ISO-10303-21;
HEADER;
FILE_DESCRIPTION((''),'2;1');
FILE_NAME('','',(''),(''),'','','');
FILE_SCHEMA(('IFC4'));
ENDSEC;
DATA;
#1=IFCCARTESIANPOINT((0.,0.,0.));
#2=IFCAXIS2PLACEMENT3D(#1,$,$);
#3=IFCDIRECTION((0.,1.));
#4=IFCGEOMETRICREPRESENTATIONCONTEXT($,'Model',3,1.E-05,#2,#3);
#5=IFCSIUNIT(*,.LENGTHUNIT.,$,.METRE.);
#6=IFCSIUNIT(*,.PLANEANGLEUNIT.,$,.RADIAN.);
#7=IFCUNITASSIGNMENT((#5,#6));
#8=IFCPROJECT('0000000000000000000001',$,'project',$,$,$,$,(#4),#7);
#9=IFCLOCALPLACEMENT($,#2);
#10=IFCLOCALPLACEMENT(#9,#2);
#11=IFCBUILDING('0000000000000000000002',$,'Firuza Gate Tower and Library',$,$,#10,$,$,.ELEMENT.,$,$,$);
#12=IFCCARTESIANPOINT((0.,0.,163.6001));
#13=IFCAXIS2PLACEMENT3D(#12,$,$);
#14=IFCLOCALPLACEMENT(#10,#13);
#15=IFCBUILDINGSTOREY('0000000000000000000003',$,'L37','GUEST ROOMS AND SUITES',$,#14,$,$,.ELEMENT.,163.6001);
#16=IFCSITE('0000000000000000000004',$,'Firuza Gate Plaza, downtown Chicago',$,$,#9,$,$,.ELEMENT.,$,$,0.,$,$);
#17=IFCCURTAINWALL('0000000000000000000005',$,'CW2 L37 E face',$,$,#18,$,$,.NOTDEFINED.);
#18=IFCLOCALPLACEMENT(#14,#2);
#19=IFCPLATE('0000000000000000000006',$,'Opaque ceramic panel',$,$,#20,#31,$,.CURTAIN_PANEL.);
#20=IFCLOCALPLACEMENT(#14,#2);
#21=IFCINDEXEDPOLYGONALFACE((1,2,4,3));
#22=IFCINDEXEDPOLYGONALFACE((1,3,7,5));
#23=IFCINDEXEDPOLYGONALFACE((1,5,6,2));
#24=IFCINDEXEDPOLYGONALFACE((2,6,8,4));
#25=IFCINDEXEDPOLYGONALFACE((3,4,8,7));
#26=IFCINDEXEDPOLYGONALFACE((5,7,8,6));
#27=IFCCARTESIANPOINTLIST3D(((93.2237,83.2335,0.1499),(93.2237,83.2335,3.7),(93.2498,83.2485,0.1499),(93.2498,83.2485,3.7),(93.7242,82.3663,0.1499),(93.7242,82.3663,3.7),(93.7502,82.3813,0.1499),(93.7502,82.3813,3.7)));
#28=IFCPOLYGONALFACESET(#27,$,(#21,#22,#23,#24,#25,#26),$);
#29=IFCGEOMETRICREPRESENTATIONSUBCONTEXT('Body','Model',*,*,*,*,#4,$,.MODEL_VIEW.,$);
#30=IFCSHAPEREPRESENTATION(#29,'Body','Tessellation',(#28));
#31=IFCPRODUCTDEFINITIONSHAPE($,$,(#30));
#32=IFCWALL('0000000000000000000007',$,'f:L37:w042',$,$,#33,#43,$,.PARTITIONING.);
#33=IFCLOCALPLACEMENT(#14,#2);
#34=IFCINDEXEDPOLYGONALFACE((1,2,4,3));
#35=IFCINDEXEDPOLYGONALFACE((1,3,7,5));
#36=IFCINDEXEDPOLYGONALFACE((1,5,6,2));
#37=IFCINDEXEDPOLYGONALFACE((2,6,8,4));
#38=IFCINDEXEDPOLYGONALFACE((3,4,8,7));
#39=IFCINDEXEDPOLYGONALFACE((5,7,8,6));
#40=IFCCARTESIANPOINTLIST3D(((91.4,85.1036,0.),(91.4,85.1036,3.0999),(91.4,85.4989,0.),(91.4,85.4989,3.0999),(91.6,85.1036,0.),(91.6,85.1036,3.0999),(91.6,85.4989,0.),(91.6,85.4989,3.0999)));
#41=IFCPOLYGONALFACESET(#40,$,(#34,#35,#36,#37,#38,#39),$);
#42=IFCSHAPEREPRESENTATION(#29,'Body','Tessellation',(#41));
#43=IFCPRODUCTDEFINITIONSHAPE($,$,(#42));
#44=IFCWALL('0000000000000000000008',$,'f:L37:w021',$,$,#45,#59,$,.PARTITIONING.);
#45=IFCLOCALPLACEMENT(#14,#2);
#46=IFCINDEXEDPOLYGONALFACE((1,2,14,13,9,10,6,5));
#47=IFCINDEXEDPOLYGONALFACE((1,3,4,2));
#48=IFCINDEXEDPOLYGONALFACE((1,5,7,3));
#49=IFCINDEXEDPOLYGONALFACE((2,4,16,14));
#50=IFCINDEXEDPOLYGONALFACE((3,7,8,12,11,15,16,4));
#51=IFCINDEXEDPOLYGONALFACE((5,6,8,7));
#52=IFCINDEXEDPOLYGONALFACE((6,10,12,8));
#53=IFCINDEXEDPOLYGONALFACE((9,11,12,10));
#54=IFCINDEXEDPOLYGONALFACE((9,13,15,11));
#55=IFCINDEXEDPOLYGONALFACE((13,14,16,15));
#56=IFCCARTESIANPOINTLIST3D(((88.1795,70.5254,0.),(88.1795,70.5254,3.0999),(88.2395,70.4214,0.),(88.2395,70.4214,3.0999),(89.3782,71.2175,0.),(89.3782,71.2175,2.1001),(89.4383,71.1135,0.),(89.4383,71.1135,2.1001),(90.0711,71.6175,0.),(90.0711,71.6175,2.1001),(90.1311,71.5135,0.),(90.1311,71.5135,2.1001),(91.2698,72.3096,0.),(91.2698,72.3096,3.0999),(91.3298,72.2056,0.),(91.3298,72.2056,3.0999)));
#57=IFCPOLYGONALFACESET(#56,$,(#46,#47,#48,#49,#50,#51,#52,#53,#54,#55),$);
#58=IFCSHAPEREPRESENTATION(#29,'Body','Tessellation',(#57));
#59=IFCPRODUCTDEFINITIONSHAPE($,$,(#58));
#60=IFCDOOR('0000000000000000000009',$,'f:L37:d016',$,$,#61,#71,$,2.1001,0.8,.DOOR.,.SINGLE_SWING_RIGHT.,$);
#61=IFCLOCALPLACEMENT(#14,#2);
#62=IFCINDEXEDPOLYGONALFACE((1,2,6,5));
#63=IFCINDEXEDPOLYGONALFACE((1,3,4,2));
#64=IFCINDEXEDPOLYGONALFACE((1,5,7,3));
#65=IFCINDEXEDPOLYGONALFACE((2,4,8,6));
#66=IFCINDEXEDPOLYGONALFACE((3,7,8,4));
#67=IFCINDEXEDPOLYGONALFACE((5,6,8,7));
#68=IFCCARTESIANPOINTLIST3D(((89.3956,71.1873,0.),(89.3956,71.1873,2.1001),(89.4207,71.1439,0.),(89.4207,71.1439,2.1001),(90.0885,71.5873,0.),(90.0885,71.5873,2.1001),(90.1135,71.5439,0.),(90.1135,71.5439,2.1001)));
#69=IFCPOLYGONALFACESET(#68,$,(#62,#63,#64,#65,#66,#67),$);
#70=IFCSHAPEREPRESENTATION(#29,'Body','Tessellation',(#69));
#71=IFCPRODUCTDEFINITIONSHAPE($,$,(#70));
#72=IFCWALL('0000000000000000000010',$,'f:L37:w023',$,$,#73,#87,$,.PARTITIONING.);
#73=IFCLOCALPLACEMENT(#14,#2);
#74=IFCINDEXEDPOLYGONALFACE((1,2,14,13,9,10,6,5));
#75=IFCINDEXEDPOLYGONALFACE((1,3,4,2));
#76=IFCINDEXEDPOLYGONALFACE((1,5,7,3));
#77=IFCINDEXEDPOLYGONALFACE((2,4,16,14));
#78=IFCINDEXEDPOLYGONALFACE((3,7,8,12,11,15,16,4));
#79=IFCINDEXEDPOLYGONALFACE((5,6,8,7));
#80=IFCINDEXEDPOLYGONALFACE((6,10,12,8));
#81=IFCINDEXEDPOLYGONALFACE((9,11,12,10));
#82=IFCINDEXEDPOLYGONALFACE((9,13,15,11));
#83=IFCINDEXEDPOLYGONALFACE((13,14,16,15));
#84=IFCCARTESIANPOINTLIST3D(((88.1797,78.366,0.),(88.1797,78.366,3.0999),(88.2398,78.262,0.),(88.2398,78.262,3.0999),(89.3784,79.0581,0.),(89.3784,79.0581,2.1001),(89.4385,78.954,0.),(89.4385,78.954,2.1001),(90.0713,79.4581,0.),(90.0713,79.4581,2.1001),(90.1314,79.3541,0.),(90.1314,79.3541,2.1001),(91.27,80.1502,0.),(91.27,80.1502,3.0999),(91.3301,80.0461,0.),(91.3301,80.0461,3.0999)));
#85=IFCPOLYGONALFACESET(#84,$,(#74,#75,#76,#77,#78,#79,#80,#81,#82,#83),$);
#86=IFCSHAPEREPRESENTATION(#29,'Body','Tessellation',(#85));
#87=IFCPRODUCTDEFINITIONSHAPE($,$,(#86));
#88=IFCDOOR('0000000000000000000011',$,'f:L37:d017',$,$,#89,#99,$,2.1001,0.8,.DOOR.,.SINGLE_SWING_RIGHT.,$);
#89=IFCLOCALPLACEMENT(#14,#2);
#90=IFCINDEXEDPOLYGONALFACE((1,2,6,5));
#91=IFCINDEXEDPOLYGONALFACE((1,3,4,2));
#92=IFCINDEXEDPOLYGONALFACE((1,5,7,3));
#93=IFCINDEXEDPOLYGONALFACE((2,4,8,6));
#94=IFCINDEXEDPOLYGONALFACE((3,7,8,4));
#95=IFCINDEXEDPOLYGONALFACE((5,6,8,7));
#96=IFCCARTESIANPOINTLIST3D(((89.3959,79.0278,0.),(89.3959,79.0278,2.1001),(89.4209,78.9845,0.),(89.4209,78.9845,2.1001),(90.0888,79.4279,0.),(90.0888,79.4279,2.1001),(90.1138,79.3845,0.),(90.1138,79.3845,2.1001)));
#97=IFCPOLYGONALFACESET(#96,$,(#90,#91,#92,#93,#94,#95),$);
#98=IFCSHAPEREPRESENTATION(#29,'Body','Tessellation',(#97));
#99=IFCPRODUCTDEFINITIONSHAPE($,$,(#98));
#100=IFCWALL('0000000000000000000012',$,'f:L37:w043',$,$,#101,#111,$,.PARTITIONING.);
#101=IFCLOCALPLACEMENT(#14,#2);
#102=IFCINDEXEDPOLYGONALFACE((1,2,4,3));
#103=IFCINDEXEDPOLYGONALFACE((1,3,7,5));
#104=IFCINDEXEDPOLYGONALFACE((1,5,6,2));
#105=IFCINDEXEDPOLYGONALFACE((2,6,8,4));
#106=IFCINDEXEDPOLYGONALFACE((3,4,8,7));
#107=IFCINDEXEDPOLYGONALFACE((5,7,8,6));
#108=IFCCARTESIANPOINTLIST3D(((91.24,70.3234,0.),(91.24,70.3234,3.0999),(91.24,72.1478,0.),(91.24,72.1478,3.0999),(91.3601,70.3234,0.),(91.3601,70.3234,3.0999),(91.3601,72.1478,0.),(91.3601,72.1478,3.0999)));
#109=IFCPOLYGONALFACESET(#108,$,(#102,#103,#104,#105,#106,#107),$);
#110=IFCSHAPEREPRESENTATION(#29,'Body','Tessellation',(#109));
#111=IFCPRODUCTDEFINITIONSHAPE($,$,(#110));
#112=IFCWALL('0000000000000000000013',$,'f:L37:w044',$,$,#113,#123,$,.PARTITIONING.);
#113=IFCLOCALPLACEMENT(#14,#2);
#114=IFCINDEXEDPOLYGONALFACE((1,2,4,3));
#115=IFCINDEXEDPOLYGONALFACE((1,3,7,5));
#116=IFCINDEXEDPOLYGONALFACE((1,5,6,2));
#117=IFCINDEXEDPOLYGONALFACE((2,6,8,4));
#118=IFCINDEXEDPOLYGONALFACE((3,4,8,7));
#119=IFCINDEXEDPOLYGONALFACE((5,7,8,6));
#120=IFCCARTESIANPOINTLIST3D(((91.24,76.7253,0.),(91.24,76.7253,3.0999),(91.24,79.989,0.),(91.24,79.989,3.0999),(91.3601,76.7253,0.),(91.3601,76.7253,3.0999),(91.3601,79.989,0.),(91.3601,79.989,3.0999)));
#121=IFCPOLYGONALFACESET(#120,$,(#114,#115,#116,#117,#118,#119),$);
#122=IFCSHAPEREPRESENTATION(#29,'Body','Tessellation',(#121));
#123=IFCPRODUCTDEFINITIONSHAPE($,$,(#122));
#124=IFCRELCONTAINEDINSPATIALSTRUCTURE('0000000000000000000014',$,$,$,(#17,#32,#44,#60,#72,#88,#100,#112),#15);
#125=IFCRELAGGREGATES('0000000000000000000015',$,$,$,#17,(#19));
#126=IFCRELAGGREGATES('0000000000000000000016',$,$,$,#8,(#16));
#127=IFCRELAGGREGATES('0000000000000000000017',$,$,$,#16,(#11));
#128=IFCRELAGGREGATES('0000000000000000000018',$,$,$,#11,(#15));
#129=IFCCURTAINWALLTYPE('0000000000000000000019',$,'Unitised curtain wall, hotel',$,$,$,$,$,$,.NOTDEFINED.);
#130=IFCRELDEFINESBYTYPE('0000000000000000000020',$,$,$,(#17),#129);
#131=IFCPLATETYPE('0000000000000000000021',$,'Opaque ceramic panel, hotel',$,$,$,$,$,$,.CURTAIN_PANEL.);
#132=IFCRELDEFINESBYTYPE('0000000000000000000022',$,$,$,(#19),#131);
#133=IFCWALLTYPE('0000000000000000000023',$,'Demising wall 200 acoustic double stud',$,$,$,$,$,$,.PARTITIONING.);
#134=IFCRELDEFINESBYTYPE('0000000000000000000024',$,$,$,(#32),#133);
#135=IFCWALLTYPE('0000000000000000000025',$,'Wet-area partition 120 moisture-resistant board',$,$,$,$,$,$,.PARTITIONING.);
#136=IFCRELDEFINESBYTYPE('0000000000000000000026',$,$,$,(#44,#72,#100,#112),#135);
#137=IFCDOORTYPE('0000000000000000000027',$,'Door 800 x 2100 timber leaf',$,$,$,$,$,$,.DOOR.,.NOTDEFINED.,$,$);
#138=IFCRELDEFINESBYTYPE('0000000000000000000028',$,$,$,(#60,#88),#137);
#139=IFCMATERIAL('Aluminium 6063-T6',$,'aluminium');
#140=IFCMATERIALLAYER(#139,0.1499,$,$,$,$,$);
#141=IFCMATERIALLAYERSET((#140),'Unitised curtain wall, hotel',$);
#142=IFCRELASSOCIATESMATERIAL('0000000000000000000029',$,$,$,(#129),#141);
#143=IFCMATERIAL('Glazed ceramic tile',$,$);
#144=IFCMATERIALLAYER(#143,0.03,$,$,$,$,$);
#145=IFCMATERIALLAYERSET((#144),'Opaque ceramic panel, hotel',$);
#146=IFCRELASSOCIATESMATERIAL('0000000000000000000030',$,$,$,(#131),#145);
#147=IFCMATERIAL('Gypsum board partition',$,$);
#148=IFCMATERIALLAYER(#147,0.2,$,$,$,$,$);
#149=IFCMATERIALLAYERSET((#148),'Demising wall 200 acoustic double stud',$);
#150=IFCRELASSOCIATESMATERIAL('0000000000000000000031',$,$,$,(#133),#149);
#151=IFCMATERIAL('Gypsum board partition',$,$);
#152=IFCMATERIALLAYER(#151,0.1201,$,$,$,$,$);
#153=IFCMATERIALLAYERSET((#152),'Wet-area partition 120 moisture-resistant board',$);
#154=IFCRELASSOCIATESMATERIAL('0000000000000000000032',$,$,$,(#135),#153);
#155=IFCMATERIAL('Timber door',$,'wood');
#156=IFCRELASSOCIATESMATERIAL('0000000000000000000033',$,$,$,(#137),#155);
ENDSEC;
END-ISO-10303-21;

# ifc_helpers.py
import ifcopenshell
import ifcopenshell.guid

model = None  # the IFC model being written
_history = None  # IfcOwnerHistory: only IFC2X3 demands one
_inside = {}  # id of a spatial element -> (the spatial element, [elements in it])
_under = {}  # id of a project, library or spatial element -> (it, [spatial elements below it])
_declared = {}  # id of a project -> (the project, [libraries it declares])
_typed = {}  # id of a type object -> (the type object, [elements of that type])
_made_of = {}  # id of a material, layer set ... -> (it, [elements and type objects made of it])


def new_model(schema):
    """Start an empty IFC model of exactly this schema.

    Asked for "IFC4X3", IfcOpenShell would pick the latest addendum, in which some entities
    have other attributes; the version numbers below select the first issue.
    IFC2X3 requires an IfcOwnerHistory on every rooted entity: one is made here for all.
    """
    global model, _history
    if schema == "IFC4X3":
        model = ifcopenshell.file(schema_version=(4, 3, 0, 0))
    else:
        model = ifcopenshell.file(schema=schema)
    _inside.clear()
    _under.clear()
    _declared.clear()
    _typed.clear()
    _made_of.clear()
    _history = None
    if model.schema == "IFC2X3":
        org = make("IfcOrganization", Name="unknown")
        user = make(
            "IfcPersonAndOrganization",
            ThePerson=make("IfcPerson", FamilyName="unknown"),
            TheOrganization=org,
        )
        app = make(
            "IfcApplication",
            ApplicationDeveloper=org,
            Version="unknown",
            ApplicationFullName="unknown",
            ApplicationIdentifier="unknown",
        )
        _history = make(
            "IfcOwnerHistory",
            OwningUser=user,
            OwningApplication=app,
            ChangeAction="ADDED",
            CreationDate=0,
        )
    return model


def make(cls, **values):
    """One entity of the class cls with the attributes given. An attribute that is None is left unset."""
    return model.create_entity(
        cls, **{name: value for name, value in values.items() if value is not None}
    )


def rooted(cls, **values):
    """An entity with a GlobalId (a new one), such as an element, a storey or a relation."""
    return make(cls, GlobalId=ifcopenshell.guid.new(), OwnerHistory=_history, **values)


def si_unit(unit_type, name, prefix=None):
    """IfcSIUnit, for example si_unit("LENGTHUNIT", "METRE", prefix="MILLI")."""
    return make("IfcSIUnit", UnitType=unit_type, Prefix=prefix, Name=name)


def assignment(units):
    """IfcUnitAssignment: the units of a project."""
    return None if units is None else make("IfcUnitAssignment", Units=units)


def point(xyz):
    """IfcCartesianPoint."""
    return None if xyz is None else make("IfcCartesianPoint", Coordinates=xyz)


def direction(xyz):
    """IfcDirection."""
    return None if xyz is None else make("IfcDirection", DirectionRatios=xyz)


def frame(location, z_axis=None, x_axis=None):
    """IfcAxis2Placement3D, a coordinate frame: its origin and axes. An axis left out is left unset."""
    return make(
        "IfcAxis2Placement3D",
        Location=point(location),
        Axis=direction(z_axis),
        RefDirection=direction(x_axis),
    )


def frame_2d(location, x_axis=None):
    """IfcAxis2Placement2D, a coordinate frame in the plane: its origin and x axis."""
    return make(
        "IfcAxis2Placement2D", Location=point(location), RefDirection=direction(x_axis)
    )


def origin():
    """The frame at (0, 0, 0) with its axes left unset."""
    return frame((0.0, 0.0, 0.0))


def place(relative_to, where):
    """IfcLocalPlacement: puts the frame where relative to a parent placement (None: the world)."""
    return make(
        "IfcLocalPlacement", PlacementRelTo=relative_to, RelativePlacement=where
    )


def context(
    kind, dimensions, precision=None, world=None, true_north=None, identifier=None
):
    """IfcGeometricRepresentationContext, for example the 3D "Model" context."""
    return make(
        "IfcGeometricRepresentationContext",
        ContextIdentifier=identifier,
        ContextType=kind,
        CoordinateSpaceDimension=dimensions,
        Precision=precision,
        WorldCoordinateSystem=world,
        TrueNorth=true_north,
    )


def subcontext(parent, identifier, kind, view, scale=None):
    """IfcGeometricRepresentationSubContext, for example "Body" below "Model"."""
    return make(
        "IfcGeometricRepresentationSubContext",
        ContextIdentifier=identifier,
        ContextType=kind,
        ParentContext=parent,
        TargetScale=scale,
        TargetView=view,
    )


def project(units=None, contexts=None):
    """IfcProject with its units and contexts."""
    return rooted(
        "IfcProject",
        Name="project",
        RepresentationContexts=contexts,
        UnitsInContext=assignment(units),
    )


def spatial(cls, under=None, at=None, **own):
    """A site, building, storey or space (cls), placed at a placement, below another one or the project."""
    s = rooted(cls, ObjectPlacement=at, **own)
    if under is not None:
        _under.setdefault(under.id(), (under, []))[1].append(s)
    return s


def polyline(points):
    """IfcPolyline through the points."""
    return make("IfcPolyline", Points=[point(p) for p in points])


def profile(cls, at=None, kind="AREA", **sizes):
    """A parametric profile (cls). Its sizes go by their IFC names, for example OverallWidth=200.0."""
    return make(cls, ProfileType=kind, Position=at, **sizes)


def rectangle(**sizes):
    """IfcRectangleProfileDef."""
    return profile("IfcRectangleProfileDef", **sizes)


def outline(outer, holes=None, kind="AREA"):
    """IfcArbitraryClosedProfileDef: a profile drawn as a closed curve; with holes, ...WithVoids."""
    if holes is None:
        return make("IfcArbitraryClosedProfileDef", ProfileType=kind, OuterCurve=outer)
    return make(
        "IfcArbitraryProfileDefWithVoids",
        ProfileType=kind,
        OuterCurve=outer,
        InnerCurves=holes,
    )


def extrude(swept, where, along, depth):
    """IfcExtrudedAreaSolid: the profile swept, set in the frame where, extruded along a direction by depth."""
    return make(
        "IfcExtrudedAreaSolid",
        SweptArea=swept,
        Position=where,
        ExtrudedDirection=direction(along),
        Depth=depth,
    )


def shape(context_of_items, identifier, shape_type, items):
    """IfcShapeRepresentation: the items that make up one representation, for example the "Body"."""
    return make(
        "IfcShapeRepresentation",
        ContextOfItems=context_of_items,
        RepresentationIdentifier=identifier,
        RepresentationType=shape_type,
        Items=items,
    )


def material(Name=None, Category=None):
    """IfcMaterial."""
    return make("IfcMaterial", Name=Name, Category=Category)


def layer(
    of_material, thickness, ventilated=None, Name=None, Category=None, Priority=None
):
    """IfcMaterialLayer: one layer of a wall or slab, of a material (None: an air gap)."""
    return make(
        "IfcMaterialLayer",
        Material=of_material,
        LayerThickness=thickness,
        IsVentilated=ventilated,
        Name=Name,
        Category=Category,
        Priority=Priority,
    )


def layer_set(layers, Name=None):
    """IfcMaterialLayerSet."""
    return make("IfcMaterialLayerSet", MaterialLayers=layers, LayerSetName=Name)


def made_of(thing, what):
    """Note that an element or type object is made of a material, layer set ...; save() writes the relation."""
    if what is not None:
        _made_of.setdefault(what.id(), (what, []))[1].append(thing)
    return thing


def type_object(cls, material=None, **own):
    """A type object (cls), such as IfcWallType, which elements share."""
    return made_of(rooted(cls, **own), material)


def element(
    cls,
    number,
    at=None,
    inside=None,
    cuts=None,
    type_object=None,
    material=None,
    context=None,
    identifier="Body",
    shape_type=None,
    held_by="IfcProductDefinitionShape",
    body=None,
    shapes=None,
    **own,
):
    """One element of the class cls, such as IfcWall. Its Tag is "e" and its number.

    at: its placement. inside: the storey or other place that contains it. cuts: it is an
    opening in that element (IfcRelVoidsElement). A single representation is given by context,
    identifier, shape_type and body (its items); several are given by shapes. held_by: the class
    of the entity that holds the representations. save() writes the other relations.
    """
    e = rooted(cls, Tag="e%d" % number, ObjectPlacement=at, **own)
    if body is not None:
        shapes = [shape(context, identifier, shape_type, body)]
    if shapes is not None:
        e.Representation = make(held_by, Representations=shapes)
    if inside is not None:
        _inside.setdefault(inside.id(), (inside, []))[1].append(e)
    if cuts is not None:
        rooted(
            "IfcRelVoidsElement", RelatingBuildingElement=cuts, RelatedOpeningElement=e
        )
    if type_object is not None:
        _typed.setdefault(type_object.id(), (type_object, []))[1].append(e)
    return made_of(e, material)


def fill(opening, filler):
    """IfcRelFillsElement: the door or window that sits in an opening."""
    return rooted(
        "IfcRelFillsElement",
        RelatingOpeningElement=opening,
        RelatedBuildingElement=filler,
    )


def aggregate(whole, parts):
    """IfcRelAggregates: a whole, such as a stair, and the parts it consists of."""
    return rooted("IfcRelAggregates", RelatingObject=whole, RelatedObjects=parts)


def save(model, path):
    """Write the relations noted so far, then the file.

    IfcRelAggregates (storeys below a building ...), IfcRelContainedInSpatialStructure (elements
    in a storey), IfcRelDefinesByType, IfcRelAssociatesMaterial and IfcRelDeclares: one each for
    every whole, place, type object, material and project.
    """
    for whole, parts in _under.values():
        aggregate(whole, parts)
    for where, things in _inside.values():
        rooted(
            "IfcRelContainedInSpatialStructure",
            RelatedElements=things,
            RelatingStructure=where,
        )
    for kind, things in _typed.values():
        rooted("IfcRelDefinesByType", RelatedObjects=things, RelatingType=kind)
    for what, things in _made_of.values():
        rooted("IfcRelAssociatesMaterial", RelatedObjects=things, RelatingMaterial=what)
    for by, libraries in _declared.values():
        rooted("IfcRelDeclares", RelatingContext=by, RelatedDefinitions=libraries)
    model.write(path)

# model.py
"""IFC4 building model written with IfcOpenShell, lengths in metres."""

from ifc_helpers import new_model, si_unit, direction, frame, frame_2d, origin, place, context, subcontext, project, spatial, polyline, rectangle, outline, extrude, material, layer, layer_set, type_object, element, fill, aggregate, save


model = new_model("IFC4")

# Units and contexts
model_context = context("Model", 3, precision=1e-05, world=origin(), true_north=direction((0.0, 1.0)))
body_context = subcontext(model_context, "Body", "Model", "MODEL_VIEW")
ifc_project = project(units=[si_unit("LENGTHUNIT", "METRE"), si_unit("PLANEANGLEUNIT", "RADIAN")], contexts=[model_context])

# Site, building, storey
site_placement = place(None, origin())
site = spatial("IfcSite", under=ifc_project, at=site_placement, Name="Firuza Gate Plaza, downtown Chicago", CompositionType="ELEMENT", RefElevation=0.0)
building_placement = place(site_placement, origin())
building = spatial("IfcBuilding", under=site, at=building_placement, Name="Firuza Gate Tower and Library", CompositionType="ELEMENT")
storey_placement = place(building_placement, frame((0.0, 0.0, 163.6001)))
storey = spatial("IfcBuildingStorey", under=building, at=storey_placement, Name="L37", Description="GUEST ROOMS AND SUITES", CompositionType="ELEMENT", Elevation=163.6001)

# Curtain wall
ifc_material_1 = material(Name="Aluminium 6063-T6", Category="aluminium")
ifc_layer_1 = layer(ifc_material_1, 0.1499)
ifc_layer_set_1 = layer_set([ifc_layer_1], Name="Unitised curtain wall, hotel")
curtain_wall_type = type_object("IfcCurtainWallType", Name="Unitised curtain wall, hotel", PredefinedType="NOTDEFINED", material=ifc_layer_set_1)
curtain_wall_placement = place(storey_placement, origin())
curtain_wall = element("IfcCurtainWall", 1, at=curtain_wall_placement, inside=storey, type_object=curtain_wall_type, Name="CW2 L37 E face", PredefinedType="NOTDEFINED")

# Plate
ifc_material_2 = material(Name="Glazed ceramic tile")
ifc_layer_2 = layer(ifc_material_2, 0.03)
ifc_layer_set_2 = layer_set([ifc_layer_2], Name="Opaque ceramic panel, hotel")
plate_type_1 = type_object("IfcPlateType", Name="Opaque ceramic panel, hotel", PredefinedType="CURTAIN_PANEL", material=ifc_layer_set_2)
plate_1_placement = place(storey_placement, frame((93.7502, 82.3813, 0.1499), z_axis=(0.866104, 0.499863, 0.0), x_axis=(-0.499863, 0.866104, 0.0)))
plate_1 = element("IfcPlate", 2, at=plate_1_placement, type_object=plate_type_1, Name="Opaque ceramic panel", PredefinedType="CURTAIN_PANEL", context=body_context, shape_type="SweptSolid", body=[
    extrude(outline(polyline([(0.0, 0.0), (1.0013, 0.0), (1.0013, 3.55), (0.0, 3.55), (0.0, 0.0)])), origin(), (0.0, 0.0, -1.0), 0.03),
])
aggregate(curtain_wall, [plate_1])

# Wall
ifc_material_3 = material(Name="Gypsum board partition")
ifc_layer_3 = layer(ifc_material_3, 0.2)
ifc_layer_set_3 = layer_set([ifc_layer_3], Name="Demising wall 200 acoustic double stud")
wall_type_1 = type_object("IfcWallType", Name="Demising wall 200 acoustic double stud", PredefinedType="PARTITIONING", material=ifc_layer_set_3)
wall_1_placement = place(storey_placement, frame((91.5, 85.1035, 0.0), z_axis=(0.0, 0.0, 1.0), x_axis=(0.0, 1.0, 0.0)))
element("IfcWall", 3, at=wall_1_placement, inside=storey, type_object=wall_type_1, Name="f:L37:w042", PredefinedType="PARTITIONING", context=body_context, shape_type="SweptSolid", body=[
    extrude(rectangle(XDim=0.3953, YDim=0.2, at=frame_2d((0.1978, 0.0))), origin(), (0.0, 0.0, 1.0), 3.0999),
])

# Walls, openings, doors
ifc_material_4 = material(Name="Gypsum board partition")
ifc_layer_4 = layer(ifc_material_4, 0.1201)
ifc_layer_set_4 = layer_set([ifc_layer_4], Name="Wet-area partition 120 moisture-resistant board")
wall_type_2 = type_object("IfcWallType", Name="Wet-area partition 120 moisture-resistant board", PredefinedType="PARTITIONING", material=ifc_layer_set_4)
wall_2_placement = place(storey_placement, frame((91.2998, 72.2576, 0.0), z_axis=(0.0, 0.0, 1.0), x_axis=(-0.866028, -0.499995, 0.0)))
wall_2 = element("IfcWall", 4, at=wall_2_placement, inside=storey, type_object=wall_type_2, Name="f:L37:w021", PredefinedType="PARTITIONING", context=body_context, shape_type="SweptSolid", body=[
    extrude(rectangle(XDim=3.5684, YDim=0.1201, at=frame_2d((1.7842, 0.0))), origin(), (0.0, 0.0, 1.0), 3.0999),
])
opening_1_placement = place(wall_2_placement, frame((1.3843, 0.0, 0.0)))
opening_1 = element("IfcOpeningElement", 5, at=opening_1_placement, cuts=wall_2, PredefinedType="OPENING", context=body_context, shape_type="SweptSolid", body=[
    extrude(rectangle(XDim=0.8, YDim=2.1001, at=frame_2d((0.3999, 1.05))), frame((0.0, 0.0701, 0.0), z_axis=(0.0, -1.0, 0.0), x_axis=(1.0, 0.0, 0.0)), (0.0, 0.0, 1.0), 0.1401),
])
ifc_material_5 = material(Name="Timber door", Category="wood")
door_type = type_object("IfcDoorType", Name="Door 800 x 2100 timber leaf", OperationType="NOTDEFINED", PredefinedType="DOOR", material=ifc_material_5)
door_1_placement = place(opening_1_placement, origin())
door_1 = element("IfcDoor", 6, at=door_1_placement, inside=storey, type_object=door_type, Name="f:L37:d016", OperationType="SINGLE_SWING_RIGHT", OverallHeight=2.1001, OverallWidth=0.8, PredefinedType="DOOR", context=body_context, shape_type="SweptSolid", body=[
    extrude(rectangle(XDim=0.8, YDim=2.1001, at=frame_2d((0.3999, 1.05))), frame((0.0, 0.0249, 0.0), z_axis=(0.0, -1.0, 0.0), x_axis=(1.0, 0.0, 0.0)), (0.0, 0.0, 1.0), 0.05),
])
fill(opening_1, door_1)
wall_3_placement = place(storey_placement, frame((91.3, 80.0981, 0.0), z_axis=(0.0, 0.0, 1.0), x_axis=(-0.866028, -0.499995, 0.0)))
wall_3 = element("IfcWall", 7, at=wall_3_placement, inside=storey, type_object=wall_type_2, Name="f:L37:w023", PredefinedType="PARTITIONING", context=body_context, shape_type="SweptSolid", body=[
    extrude(rectangle(XDim=3.5684, YDim=0.1201, at=frame_2d((1.7842, 0.0))), origin(), (0.0, 0.0, 1.0), 3.0999),
])
opening_2_placement = place(wall_3_placement, frame((1.3843, 0.0, 0.0)))
opening_2 = element("IfcOpeningElement", 8, at=opening_2_placement, cuts=wall_3, PredefinedType="OPENING", context=body_context, shape_type="SweptSolid", body=[
    extrude(rectangle(XDim=0.8, YDim=2.1001, at=frame_2d((0.3999, 1.05))), frame((0.0, 0.0701, 0.0), z_axis=(0.0, -1.0, 0.0), x_axis=(1.0, 0.0, 0.0)), (0.0, 0.0, 1.0), 0.1401),
])
door_2_placement = place(opening_2_placement, origin())
door_2 = element("IfcDoor", 9, at=door_2_placement, inside=storey, type_object=door_type, Name="f:L37:d017", OperationType="SINGLE_SWING_RIGHT", OverallHeight=2.1001, OverallWidth=0.8, PredefinedType="DOOR", context=body_context, shape_type="SweptSolid", body=[
    extrude(rectangle(XDim=0.8, YDim=2.1001, at=frame_2d((0.3999, 1.05))), frame((0.0, 0.0249, 0.0), z_axis=(0.0, -1.0, 0.0), x_axis=(1.0, 0.0, 0.0)), (0.0, 0.0, 1.0), 0.05),
])
fill(opening_2, door_2)

# Walls
wall_4_placement = place(storey_placement, frame((91.3, 70.3235, 0.0), z_axis=(0.0, 0.0, 1.0), x_axis=(0.0, 1.0, 0.0)))
element("IfcWall", 10, at=wall_4_placement, inside=storey, type_object=wall_type_2, Name="f:L37:w043", PredefinedType="PARTITIONING", context=body_context, shape_type="SweptSolid", body=[
    extrude(rectangle(XDim=1.8245, YDim=0.1201, at=frame_2d((0.9121, 0.0))), origin(), (0.0, 0.0, 1.0), 3.0999),
])
wall_5_placement = place(storey_placement, frame((91.3, 76.7253, 0.0), z_axis=(0.0, 0.0, 1.0), x_axis=(0.0, 1.0, 0.0)))
element("IfcWall", 11, at=wall_5_placement, inside=storey, type_object=wall_type_2, Name="f:L37:w044", PredefinedType="PARTITIONING", context=body_context, shape_type="SweptSolid", body=[
    extrude(rectangle(XDim=3.2637, YDim=0.1201, at=frame_2d((1.6318, 0.0))), origin(), (0.0, 0.0, 1.0), 3.0999),
])

save(model, "model.ifc")
